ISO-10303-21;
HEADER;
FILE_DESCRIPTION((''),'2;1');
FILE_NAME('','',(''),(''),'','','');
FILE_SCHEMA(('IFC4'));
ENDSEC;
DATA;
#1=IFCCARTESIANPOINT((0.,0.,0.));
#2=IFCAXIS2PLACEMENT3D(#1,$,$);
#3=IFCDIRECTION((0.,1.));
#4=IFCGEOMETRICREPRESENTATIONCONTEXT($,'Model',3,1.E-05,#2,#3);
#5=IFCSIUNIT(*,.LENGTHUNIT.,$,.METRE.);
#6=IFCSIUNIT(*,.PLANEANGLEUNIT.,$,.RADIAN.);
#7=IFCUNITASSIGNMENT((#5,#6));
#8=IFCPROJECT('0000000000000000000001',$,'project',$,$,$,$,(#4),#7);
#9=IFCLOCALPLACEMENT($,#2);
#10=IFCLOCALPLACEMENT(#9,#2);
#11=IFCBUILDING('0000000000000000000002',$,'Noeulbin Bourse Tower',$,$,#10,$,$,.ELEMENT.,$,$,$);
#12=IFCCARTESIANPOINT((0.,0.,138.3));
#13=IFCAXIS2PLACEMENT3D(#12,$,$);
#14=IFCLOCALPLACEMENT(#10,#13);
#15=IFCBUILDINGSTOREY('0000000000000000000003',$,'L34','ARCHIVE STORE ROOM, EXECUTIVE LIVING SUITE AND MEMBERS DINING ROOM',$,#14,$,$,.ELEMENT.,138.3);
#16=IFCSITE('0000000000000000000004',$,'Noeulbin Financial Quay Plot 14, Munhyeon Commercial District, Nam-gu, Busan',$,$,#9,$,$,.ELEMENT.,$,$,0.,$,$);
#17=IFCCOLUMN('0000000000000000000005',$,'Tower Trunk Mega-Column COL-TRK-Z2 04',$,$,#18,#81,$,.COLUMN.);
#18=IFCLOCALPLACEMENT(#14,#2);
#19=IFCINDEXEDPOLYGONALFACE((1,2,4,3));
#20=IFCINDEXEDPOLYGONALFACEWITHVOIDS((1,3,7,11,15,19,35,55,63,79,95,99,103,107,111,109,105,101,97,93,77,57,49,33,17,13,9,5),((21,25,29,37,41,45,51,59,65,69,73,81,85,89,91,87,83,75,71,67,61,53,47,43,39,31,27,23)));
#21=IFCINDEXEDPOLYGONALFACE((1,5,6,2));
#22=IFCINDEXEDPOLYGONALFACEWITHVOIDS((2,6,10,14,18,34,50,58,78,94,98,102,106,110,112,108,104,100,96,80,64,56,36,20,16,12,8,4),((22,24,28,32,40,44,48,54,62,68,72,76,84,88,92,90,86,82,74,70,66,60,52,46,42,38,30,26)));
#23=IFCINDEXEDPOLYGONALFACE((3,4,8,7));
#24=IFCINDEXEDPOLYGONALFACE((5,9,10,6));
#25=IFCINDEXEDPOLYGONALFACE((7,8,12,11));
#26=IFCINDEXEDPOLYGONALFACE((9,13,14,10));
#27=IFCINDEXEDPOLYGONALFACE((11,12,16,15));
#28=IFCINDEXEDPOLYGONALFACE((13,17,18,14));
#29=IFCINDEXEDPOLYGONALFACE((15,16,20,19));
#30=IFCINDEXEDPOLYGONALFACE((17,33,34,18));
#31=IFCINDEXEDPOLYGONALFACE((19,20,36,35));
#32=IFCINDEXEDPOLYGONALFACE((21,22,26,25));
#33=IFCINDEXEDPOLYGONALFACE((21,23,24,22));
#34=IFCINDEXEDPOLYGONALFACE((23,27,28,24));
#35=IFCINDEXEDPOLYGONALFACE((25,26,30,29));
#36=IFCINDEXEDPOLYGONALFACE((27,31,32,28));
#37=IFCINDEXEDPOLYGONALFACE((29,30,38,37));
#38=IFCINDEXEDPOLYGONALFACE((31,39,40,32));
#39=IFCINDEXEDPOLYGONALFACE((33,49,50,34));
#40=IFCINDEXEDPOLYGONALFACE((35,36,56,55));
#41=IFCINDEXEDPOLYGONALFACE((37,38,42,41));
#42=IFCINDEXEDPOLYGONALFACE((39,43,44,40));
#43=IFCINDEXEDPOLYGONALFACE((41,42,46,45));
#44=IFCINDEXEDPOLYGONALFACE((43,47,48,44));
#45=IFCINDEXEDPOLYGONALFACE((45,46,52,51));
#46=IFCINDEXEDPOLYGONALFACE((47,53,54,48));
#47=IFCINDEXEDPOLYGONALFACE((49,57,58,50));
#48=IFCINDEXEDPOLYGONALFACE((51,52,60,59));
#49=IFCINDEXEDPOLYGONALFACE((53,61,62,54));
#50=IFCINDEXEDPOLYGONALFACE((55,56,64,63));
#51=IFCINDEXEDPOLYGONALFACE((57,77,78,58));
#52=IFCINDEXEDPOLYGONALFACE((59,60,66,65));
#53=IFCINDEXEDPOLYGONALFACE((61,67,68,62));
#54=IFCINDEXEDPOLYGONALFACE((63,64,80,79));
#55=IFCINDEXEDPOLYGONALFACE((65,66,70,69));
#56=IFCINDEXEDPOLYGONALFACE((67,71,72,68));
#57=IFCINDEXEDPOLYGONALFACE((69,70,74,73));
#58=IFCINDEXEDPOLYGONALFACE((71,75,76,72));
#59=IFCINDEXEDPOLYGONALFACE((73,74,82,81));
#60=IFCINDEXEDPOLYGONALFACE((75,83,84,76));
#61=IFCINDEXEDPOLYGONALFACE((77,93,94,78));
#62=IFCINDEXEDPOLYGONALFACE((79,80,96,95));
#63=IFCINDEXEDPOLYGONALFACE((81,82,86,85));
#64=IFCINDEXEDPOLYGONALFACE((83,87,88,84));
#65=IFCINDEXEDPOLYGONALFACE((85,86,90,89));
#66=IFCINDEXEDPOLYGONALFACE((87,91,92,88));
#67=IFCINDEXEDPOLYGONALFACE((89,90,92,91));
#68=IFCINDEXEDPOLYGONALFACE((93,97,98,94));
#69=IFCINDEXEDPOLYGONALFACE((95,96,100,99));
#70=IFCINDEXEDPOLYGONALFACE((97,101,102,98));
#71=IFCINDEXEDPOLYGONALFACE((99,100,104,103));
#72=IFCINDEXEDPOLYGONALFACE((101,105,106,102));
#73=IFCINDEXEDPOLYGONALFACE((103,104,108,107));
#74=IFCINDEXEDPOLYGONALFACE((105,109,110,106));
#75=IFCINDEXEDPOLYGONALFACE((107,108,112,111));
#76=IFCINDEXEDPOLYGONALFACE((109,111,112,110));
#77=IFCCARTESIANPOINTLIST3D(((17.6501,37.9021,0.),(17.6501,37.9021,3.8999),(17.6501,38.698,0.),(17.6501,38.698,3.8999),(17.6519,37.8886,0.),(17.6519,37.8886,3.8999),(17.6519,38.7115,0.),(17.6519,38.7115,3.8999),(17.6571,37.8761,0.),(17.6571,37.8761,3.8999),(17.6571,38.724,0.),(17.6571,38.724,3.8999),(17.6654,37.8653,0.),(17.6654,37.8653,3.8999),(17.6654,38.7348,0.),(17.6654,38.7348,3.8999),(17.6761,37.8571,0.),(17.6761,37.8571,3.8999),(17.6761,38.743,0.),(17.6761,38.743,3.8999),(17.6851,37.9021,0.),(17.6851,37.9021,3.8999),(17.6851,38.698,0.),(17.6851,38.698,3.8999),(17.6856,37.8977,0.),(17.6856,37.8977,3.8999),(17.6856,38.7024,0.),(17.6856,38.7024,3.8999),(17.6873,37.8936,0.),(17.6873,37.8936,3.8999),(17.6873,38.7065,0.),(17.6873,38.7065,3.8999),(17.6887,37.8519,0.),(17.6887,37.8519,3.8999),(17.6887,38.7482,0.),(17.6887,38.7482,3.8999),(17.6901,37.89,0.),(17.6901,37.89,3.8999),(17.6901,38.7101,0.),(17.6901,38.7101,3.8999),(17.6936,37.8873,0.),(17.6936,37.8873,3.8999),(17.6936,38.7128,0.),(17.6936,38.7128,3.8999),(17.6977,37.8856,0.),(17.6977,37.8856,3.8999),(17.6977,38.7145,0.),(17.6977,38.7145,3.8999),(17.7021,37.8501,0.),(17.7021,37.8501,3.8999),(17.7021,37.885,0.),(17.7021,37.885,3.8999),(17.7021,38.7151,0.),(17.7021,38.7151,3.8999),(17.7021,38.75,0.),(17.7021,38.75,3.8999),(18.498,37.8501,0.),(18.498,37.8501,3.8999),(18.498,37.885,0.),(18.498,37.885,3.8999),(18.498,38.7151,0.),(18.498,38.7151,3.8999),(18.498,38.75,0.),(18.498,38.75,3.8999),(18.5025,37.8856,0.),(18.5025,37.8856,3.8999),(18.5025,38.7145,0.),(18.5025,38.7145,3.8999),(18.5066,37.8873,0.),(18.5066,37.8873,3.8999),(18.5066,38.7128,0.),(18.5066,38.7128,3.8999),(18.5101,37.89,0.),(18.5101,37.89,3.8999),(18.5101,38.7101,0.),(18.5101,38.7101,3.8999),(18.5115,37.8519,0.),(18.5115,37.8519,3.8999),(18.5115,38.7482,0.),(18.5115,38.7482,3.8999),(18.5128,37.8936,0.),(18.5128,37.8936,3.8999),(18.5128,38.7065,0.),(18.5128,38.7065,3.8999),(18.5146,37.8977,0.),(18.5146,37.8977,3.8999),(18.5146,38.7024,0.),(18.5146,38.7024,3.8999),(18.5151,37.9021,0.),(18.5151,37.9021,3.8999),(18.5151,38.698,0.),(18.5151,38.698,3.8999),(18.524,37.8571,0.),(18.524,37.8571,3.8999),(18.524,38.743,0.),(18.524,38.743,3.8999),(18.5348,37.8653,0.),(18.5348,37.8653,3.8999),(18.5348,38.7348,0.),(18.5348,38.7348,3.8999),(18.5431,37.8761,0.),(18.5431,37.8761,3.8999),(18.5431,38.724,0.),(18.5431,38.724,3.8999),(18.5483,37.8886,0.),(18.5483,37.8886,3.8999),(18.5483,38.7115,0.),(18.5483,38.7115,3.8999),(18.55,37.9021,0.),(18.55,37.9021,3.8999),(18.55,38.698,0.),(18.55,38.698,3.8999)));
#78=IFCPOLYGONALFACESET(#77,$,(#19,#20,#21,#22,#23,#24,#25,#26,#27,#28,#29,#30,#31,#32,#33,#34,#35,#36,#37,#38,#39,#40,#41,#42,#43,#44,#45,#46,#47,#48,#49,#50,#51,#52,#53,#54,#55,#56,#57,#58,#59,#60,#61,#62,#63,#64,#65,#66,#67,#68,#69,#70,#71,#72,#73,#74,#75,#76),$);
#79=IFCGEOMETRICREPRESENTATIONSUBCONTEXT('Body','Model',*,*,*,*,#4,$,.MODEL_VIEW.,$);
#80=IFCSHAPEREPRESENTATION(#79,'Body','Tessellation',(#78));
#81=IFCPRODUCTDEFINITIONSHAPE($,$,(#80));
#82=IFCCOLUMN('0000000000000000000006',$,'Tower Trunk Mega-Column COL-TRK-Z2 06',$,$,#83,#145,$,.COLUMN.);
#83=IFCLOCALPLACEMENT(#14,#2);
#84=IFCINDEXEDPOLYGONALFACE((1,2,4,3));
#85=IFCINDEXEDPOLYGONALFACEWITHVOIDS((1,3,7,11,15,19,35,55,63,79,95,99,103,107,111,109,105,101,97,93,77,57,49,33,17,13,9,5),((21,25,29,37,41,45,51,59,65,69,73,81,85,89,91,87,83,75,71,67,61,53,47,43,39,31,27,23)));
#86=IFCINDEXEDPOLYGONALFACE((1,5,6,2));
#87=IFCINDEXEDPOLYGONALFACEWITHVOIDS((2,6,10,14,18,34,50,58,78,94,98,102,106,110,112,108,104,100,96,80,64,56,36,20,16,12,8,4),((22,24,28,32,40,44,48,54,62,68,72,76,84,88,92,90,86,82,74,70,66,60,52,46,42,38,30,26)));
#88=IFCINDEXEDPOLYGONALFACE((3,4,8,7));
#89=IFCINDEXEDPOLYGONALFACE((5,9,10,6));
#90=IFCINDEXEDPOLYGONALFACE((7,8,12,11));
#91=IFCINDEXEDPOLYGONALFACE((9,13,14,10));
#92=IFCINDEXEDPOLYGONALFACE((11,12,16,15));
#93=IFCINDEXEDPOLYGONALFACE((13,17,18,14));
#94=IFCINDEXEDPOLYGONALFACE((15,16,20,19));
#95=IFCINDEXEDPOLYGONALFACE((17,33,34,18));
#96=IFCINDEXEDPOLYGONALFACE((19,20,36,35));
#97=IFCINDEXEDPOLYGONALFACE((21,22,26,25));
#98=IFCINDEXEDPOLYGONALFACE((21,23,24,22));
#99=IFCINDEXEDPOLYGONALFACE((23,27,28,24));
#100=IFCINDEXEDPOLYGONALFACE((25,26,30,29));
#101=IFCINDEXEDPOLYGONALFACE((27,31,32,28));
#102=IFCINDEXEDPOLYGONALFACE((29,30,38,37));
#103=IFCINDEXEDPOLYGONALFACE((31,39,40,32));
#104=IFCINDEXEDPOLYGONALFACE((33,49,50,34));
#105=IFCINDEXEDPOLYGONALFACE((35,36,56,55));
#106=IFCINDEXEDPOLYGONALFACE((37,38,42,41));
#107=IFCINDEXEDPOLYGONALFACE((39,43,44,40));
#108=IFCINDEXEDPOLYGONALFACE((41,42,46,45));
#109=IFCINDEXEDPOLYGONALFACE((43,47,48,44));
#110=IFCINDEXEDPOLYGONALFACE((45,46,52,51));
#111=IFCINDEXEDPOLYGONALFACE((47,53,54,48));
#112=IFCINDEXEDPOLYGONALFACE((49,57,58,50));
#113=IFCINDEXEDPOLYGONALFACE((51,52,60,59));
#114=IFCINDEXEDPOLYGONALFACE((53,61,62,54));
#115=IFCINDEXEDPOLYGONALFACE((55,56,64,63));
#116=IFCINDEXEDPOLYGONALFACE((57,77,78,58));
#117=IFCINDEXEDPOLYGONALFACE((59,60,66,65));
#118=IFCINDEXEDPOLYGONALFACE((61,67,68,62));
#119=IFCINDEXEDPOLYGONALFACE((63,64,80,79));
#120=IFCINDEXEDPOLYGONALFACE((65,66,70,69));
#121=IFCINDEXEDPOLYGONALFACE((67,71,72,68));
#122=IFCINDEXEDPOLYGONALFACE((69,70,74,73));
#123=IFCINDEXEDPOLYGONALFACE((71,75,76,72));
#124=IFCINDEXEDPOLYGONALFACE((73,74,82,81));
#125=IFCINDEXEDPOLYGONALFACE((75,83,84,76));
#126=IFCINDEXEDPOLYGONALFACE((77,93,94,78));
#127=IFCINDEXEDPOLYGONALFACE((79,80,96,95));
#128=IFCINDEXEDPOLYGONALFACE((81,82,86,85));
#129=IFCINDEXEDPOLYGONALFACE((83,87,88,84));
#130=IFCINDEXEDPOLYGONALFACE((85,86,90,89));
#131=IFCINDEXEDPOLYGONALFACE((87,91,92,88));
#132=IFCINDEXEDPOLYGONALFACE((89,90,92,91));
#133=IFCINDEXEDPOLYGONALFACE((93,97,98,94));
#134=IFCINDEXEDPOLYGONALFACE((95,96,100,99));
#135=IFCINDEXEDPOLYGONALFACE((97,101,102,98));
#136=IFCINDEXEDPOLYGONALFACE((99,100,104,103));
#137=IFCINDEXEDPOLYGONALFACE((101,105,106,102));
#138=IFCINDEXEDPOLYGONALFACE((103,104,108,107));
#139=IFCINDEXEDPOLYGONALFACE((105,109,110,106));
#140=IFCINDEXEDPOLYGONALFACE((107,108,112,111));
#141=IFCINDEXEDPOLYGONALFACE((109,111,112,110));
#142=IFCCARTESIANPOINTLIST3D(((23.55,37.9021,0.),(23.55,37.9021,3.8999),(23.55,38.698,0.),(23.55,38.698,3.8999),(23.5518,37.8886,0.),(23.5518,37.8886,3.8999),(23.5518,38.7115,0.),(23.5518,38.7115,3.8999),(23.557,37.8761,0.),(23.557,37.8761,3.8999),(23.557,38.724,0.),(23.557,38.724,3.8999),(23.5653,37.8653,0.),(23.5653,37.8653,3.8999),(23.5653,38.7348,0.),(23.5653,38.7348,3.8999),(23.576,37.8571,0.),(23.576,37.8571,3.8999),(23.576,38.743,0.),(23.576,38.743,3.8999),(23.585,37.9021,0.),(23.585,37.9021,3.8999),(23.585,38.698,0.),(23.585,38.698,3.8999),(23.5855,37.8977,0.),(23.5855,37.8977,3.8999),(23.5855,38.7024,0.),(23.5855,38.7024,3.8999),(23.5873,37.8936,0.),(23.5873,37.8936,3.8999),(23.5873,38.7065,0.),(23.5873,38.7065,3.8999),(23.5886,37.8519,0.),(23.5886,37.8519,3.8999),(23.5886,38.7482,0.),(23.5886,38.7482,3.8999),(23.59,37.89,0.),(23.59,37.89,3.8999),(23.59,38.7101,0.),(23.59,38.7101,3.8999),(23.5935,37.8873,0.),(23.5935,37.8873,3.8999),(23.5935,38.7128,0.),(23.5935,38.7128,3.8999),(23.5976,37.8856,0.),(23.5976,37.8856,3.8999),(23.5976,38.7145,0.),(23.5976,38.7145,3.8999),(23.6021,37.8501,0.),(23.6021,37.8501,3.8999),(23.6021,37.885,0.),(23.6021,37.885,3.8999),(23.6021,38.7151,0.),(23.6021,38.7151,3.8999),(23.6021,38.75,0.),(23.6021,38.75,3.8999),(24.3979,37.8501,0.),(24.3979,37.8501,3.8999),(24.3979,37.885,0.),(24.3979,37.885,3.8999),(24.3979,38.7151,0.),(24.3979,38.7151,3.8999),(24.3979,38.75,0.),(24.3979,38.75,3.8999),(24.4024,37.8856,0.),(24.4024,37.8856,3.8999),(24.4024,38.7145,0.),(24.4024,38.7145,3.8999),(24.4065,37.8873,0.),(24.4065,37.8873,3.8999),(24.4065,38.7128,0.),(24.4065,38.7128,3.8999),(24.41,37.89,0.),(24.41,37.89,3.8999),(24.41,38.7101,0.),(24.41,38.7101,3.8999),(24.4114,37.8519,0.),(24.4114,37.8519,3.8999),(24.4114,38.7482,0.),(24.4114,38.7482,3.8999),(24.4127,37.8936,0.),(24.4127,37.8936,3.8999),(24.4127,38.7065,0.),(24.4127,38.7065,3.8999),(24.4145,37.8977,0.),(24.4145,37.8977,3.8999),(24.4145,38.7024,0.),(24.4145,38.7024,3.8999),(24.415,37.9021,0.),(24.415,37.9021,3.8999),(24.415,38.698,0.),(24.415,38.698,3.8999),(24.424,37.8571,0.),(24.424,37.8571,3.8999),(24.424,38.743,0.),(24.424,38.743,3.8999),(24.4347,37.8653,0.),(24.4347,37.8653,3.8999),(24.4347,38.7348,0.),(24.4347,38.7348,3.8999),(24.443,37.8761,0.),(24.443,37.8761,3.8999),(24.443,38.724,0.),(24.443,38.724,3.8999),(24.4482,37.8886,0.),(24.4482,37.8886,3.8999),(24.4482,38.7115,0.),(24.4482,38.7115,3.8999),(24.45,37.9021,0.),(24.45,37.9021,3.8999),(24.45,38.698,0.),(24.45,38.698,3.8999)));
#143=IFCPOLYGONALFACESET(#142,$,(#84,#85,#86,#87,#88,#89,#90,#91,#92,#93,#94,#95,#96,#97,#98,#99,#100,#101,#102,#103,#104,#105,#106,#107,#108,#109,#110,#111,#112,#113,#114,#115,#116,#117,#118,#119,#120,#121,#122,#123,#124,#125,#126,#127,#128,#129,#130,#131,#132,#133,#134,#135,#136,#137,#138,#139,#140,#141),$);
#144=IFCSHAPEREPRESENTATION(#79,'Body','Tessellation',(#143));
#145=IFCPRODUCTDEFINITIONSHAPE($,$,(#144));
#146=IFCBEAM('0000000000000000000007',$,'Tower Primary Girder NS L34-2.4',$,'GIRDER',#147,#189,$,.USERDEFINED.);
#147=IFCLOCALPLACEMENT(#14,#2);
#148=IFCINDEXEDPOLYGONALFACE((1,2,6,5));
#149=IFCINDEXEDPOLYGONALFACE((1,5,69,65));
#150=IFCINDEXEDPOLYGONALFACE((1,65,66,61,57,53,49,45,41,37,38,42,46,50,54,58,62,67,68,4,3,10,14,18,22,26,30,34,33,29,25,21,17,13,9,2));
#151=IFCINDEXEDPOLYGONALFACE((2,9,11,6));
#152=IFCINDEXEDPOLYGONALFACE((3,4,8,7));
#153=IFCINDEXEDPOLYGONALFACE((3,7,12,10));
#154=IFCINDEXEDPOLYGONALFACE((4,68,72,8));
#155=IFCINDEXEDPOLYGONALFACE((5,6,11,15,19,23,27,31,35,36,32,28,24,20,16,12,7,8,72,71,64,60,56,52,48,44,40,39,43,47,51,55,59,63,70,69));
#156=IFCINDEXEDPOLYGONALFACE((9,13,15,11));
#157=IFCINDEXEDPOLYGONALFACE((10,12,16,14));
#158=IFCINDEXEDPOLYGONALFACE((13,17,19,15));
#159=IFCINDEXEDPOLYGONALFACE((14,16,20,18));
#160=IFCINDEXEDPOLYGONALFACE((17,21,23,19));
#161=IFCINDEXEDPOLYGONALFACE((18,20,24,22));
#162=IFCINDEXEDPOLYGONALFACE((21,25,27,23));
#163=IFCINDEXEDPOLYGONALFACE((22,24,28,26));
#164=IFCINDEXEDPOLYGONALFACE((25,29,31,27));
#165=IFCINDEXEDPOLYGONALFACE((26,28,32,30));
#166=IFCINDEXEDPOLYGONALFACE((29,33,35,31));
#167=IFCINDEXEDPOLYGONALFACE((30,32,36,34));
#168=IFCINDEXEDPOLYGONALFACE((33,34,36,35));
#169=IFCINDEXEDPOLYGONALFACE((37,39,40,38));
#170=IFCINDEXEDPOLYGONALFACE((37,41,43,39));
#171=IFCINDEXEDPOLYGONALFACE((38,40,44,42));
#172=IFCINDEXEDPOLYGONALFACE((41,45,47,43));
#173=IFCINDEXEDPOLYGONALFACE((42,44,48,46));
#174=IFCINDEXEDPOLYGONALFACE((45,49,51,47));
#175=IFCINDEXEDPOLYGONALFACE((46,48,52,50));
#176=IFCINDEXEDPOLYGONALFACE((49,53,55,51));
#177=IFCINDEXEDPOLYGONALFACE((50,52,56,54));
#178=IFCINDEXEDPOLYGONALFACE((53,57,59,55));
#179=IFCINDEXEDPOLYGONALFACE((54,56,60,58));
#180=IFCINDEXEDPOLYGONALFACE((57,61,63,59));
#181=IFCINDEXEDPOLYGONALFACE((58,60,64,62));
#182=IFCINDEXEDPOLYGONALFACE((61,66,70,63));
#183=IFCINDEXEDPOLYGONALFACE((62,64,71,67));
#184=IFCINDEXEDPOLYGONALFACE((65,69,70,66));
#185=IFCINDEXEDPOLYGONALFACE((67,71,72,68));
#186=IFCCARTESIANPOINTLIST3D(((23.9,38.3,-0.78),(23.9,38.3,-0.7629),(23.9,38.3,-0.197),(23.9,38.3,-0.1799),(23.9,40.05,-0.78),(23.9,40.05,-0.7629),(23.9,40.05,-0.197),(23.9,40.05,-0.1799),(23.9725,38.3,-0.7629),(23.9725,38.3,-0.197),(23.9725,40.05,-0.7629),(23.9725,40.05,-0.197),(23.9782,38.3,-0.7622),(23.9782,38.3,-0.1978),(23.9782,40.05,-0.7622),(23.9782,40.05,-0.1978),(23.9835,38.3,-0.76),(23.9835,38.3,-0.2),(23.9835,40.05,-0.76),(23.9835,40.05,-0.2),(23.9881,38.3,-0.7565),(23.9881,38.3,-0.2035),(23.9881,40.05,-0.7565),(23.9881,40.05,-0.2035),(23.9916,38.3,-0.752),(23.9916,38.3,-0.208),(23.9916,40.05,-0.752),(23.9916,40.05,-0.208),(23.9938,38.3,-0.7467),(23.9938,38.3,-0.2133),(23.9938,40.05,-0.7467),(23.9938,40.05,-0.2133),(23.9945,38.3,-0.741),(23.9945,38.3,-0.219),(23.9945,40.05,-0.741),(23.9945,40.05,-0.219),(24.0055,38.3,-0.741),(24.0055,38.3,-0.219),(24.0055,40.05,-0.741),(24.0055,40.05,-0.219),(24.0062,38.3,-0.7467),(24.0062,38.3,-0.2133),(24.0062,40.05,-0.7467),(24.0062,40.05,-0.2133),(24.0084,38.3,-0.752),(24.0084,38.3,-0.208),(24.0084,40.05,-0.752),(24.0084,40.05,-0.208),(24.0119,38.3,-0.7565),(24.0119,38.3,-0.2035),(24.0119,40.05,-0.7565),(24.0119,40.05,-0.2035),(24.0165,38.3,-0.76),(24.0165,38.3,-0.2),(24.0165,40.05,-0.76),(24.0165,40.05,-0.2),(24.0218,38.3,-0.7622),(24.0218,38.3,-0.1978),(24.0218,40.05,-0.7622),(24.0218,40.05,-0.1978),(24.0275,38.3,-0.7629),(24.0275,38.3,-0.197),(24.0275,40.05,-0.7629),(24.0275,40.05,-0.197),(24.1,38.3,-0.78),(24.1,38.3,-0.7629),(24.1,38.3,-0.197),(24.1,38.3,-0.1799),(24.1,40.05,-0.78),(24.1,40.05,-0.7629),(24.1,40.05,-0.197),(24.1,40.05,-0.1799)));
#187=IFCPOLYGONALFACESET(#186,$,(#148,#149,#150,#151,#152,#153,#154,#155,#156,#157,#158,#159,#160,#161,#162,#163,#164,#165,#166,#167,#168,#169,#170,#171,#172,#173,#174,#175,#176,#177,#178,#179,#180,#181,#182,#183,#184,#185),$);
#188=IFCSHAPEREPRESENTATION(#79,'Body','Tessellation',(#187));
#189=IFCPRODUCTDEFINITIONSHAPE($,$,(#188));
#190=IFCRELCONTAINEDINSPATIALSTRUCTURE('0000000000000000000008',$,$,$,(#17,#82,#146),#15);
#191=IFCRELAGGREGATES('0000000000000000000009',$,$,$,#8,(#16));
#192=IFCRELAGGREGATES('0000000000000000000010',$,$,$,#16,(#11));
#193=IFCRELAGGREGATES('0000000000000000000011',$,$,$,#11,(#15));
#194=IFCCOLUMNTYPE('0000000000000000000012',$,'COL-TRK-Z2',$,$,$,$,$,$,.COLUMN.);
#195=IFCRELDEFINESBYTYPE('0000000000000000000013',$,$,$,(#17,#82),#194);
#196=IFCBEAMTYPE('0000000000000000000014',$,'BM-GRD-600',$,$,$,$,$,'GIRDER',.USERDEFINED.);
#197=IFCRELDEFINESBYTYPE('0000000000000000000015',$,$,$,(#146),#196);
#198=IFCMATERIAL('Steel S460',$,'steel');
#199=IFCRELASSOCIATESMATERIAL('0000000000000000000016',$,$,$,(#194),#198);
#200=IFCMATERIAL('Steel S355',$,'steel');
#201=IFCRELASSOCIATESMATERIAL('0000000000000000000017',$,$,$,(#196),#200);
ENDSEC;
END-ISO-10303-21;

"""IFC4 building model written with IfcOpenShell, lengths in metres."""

from ifc_helpers import new_model, si_unit, direction, frame, origin, origin_2d, place, context, subcontext, project, spatial, hollow_rectangle, i_section, extrude, material, material_profile, profile_set, type_object, element, save


model = new_model("IFC4")

# Units and contexts
model_context = context("Model", 3, precision=1e-05, world=origin(), true_north=direction((0.0, 1.0)))
body_context = subcontext(model_context, "Body", "Model", "MODEL_VIEW")
ifc_project = project(units=[si_unit("LENGTHUNIT", "METRE"), si_unit("PLANEANGLEUNIT", "RADIAN")], contexts=[model_context])

# Site, building, storey
site_placement = place(None, origin())
site = spatial("IfcSite", under=ifc_project, at=site_placement, Name="Noeulbin Financial Quay Plot 14, Munhyeon Commercial District, Nam-gu, Busan", CompositionType="ELEMENT", RefElevation=0.0)
building_placement = place(site_placement, origin())
building = spatial("IfcBuilding", under=site, at=building_placement, Name="Noeulbin Bourse Tower", CompositionType="ELEMENT")
storey_placement = place(building_placement, frame((0.0, 0.0, 138.3)))
storey = spatial("IfcBuildingStorey", under=building, at=storey_placement, Name="L34", Description="ARCHIVE STORE ROOM, EXECUTIVE LIVING SUITE AND MEMBERS DINING ROOM", CompositionType="ELEMENT", Elevation=138.3)

# Columns
ifc_material_1 = material(Name="Steel S355", Category="steel")
ifc_material_2 = material(Name="Steel S460", Category="steel")
ifc_material_profile_1 = material_profile(ifc_material_2, hollow_rectangle(XDim=0.8999, YDim=0.8999, WallThickness=0.0349, InnerFilletRadius=0.0171, OuterFilletRadius=0.052, at=origin_2d()), Name="BOX-900x900x35", Category="LoadBearing")
ifc_profile_set_1 = profile_set([ifc_material_profile_1], Name="Steel S460")
column_type_1 = type_object("IfcColumnType", Name="COL-TRK-Z2", PredefinedType="COLUMN", material=ifc_profile_set_1)
for number, where, z_axis, x_axis, name in (
    (1, (18.1001, 38.3, 0.0), (0.0, 0.0, 1.0), (1.0, 0.0, 0.0), "Tower Trunk Mega-Column COL-TRK-Z2 04"),
    (2, (24.0, 38.3, 0.0), (0.0, 0.0, 1.0), (1.0, 0.0, 0.0), "Tower Trunk Mega-Column COL-TRK-Z2 06"),
):
    element("IfcColumn", number, at=place(storey_placement, frame(where, z_axis=z_axis, x_axis=x_axis)), inside=storey, type_object=column_type_1, Name=name, PredefinedType="COLUMN", context=body_context, shape_type="SweptSolid", body=[
        extrude(hollow_rectangle(XDim=0.8999, YDim=0.8999, WallThickness=0.0349, InnerFilletRadius=0.0171, OuterFilletRadius=0.052, at=origin_2d()), origin(), (0.0, 0.0, 1.0), 3.8999),
    ])

# Beam
ifc_material_profile_2 = material_profile(ifc_material_1, i_section(OverallWidth=0.2, OverallDepth=0.6001, WebThickness=0.011, FlangeThickness=0.0171, FilletRadius=0.022, at=origin_2d()), Name="H-600x200x11x17", Category="LoadBearing")
ifc_profile_set_2 = profile_set([ifc_material_profile_2], Name="Steel S355")
beam_type_1 = type_object("IfcBeamType", Name="BM-GRD-600", ElementType="GIRDER", PredefinedType="USERDEFINED", material=ifc_profile_set_2)
beam_1_placement = place(storey_placement, frame((24.0, 38.3, -0.48), z_axis=(0.0, 1.0, 0.0), x_axis=(-1.0, 0.0, 0.0)))
element("IfcBeam", 3, at=beam_1_placement, inside=storey, type_object=beam_type_1, Name="Tower Primary Girder NS L34-2.4", ObjectType="GIRDER", PredefinedType="USERDEFINED", context=body_context, shape_type="SweptSolid", body=[
    extrude(i_section(OverallWidth=0.2, OverallDepth=0.6001, WebThickness=0.011, FlangeThickness=0.0171, FilletRadius=0.022, at=origin_2d()), origin(), (0.0, 0.0, 1.0), 1.75),
])

save(model, "model.ifc")
